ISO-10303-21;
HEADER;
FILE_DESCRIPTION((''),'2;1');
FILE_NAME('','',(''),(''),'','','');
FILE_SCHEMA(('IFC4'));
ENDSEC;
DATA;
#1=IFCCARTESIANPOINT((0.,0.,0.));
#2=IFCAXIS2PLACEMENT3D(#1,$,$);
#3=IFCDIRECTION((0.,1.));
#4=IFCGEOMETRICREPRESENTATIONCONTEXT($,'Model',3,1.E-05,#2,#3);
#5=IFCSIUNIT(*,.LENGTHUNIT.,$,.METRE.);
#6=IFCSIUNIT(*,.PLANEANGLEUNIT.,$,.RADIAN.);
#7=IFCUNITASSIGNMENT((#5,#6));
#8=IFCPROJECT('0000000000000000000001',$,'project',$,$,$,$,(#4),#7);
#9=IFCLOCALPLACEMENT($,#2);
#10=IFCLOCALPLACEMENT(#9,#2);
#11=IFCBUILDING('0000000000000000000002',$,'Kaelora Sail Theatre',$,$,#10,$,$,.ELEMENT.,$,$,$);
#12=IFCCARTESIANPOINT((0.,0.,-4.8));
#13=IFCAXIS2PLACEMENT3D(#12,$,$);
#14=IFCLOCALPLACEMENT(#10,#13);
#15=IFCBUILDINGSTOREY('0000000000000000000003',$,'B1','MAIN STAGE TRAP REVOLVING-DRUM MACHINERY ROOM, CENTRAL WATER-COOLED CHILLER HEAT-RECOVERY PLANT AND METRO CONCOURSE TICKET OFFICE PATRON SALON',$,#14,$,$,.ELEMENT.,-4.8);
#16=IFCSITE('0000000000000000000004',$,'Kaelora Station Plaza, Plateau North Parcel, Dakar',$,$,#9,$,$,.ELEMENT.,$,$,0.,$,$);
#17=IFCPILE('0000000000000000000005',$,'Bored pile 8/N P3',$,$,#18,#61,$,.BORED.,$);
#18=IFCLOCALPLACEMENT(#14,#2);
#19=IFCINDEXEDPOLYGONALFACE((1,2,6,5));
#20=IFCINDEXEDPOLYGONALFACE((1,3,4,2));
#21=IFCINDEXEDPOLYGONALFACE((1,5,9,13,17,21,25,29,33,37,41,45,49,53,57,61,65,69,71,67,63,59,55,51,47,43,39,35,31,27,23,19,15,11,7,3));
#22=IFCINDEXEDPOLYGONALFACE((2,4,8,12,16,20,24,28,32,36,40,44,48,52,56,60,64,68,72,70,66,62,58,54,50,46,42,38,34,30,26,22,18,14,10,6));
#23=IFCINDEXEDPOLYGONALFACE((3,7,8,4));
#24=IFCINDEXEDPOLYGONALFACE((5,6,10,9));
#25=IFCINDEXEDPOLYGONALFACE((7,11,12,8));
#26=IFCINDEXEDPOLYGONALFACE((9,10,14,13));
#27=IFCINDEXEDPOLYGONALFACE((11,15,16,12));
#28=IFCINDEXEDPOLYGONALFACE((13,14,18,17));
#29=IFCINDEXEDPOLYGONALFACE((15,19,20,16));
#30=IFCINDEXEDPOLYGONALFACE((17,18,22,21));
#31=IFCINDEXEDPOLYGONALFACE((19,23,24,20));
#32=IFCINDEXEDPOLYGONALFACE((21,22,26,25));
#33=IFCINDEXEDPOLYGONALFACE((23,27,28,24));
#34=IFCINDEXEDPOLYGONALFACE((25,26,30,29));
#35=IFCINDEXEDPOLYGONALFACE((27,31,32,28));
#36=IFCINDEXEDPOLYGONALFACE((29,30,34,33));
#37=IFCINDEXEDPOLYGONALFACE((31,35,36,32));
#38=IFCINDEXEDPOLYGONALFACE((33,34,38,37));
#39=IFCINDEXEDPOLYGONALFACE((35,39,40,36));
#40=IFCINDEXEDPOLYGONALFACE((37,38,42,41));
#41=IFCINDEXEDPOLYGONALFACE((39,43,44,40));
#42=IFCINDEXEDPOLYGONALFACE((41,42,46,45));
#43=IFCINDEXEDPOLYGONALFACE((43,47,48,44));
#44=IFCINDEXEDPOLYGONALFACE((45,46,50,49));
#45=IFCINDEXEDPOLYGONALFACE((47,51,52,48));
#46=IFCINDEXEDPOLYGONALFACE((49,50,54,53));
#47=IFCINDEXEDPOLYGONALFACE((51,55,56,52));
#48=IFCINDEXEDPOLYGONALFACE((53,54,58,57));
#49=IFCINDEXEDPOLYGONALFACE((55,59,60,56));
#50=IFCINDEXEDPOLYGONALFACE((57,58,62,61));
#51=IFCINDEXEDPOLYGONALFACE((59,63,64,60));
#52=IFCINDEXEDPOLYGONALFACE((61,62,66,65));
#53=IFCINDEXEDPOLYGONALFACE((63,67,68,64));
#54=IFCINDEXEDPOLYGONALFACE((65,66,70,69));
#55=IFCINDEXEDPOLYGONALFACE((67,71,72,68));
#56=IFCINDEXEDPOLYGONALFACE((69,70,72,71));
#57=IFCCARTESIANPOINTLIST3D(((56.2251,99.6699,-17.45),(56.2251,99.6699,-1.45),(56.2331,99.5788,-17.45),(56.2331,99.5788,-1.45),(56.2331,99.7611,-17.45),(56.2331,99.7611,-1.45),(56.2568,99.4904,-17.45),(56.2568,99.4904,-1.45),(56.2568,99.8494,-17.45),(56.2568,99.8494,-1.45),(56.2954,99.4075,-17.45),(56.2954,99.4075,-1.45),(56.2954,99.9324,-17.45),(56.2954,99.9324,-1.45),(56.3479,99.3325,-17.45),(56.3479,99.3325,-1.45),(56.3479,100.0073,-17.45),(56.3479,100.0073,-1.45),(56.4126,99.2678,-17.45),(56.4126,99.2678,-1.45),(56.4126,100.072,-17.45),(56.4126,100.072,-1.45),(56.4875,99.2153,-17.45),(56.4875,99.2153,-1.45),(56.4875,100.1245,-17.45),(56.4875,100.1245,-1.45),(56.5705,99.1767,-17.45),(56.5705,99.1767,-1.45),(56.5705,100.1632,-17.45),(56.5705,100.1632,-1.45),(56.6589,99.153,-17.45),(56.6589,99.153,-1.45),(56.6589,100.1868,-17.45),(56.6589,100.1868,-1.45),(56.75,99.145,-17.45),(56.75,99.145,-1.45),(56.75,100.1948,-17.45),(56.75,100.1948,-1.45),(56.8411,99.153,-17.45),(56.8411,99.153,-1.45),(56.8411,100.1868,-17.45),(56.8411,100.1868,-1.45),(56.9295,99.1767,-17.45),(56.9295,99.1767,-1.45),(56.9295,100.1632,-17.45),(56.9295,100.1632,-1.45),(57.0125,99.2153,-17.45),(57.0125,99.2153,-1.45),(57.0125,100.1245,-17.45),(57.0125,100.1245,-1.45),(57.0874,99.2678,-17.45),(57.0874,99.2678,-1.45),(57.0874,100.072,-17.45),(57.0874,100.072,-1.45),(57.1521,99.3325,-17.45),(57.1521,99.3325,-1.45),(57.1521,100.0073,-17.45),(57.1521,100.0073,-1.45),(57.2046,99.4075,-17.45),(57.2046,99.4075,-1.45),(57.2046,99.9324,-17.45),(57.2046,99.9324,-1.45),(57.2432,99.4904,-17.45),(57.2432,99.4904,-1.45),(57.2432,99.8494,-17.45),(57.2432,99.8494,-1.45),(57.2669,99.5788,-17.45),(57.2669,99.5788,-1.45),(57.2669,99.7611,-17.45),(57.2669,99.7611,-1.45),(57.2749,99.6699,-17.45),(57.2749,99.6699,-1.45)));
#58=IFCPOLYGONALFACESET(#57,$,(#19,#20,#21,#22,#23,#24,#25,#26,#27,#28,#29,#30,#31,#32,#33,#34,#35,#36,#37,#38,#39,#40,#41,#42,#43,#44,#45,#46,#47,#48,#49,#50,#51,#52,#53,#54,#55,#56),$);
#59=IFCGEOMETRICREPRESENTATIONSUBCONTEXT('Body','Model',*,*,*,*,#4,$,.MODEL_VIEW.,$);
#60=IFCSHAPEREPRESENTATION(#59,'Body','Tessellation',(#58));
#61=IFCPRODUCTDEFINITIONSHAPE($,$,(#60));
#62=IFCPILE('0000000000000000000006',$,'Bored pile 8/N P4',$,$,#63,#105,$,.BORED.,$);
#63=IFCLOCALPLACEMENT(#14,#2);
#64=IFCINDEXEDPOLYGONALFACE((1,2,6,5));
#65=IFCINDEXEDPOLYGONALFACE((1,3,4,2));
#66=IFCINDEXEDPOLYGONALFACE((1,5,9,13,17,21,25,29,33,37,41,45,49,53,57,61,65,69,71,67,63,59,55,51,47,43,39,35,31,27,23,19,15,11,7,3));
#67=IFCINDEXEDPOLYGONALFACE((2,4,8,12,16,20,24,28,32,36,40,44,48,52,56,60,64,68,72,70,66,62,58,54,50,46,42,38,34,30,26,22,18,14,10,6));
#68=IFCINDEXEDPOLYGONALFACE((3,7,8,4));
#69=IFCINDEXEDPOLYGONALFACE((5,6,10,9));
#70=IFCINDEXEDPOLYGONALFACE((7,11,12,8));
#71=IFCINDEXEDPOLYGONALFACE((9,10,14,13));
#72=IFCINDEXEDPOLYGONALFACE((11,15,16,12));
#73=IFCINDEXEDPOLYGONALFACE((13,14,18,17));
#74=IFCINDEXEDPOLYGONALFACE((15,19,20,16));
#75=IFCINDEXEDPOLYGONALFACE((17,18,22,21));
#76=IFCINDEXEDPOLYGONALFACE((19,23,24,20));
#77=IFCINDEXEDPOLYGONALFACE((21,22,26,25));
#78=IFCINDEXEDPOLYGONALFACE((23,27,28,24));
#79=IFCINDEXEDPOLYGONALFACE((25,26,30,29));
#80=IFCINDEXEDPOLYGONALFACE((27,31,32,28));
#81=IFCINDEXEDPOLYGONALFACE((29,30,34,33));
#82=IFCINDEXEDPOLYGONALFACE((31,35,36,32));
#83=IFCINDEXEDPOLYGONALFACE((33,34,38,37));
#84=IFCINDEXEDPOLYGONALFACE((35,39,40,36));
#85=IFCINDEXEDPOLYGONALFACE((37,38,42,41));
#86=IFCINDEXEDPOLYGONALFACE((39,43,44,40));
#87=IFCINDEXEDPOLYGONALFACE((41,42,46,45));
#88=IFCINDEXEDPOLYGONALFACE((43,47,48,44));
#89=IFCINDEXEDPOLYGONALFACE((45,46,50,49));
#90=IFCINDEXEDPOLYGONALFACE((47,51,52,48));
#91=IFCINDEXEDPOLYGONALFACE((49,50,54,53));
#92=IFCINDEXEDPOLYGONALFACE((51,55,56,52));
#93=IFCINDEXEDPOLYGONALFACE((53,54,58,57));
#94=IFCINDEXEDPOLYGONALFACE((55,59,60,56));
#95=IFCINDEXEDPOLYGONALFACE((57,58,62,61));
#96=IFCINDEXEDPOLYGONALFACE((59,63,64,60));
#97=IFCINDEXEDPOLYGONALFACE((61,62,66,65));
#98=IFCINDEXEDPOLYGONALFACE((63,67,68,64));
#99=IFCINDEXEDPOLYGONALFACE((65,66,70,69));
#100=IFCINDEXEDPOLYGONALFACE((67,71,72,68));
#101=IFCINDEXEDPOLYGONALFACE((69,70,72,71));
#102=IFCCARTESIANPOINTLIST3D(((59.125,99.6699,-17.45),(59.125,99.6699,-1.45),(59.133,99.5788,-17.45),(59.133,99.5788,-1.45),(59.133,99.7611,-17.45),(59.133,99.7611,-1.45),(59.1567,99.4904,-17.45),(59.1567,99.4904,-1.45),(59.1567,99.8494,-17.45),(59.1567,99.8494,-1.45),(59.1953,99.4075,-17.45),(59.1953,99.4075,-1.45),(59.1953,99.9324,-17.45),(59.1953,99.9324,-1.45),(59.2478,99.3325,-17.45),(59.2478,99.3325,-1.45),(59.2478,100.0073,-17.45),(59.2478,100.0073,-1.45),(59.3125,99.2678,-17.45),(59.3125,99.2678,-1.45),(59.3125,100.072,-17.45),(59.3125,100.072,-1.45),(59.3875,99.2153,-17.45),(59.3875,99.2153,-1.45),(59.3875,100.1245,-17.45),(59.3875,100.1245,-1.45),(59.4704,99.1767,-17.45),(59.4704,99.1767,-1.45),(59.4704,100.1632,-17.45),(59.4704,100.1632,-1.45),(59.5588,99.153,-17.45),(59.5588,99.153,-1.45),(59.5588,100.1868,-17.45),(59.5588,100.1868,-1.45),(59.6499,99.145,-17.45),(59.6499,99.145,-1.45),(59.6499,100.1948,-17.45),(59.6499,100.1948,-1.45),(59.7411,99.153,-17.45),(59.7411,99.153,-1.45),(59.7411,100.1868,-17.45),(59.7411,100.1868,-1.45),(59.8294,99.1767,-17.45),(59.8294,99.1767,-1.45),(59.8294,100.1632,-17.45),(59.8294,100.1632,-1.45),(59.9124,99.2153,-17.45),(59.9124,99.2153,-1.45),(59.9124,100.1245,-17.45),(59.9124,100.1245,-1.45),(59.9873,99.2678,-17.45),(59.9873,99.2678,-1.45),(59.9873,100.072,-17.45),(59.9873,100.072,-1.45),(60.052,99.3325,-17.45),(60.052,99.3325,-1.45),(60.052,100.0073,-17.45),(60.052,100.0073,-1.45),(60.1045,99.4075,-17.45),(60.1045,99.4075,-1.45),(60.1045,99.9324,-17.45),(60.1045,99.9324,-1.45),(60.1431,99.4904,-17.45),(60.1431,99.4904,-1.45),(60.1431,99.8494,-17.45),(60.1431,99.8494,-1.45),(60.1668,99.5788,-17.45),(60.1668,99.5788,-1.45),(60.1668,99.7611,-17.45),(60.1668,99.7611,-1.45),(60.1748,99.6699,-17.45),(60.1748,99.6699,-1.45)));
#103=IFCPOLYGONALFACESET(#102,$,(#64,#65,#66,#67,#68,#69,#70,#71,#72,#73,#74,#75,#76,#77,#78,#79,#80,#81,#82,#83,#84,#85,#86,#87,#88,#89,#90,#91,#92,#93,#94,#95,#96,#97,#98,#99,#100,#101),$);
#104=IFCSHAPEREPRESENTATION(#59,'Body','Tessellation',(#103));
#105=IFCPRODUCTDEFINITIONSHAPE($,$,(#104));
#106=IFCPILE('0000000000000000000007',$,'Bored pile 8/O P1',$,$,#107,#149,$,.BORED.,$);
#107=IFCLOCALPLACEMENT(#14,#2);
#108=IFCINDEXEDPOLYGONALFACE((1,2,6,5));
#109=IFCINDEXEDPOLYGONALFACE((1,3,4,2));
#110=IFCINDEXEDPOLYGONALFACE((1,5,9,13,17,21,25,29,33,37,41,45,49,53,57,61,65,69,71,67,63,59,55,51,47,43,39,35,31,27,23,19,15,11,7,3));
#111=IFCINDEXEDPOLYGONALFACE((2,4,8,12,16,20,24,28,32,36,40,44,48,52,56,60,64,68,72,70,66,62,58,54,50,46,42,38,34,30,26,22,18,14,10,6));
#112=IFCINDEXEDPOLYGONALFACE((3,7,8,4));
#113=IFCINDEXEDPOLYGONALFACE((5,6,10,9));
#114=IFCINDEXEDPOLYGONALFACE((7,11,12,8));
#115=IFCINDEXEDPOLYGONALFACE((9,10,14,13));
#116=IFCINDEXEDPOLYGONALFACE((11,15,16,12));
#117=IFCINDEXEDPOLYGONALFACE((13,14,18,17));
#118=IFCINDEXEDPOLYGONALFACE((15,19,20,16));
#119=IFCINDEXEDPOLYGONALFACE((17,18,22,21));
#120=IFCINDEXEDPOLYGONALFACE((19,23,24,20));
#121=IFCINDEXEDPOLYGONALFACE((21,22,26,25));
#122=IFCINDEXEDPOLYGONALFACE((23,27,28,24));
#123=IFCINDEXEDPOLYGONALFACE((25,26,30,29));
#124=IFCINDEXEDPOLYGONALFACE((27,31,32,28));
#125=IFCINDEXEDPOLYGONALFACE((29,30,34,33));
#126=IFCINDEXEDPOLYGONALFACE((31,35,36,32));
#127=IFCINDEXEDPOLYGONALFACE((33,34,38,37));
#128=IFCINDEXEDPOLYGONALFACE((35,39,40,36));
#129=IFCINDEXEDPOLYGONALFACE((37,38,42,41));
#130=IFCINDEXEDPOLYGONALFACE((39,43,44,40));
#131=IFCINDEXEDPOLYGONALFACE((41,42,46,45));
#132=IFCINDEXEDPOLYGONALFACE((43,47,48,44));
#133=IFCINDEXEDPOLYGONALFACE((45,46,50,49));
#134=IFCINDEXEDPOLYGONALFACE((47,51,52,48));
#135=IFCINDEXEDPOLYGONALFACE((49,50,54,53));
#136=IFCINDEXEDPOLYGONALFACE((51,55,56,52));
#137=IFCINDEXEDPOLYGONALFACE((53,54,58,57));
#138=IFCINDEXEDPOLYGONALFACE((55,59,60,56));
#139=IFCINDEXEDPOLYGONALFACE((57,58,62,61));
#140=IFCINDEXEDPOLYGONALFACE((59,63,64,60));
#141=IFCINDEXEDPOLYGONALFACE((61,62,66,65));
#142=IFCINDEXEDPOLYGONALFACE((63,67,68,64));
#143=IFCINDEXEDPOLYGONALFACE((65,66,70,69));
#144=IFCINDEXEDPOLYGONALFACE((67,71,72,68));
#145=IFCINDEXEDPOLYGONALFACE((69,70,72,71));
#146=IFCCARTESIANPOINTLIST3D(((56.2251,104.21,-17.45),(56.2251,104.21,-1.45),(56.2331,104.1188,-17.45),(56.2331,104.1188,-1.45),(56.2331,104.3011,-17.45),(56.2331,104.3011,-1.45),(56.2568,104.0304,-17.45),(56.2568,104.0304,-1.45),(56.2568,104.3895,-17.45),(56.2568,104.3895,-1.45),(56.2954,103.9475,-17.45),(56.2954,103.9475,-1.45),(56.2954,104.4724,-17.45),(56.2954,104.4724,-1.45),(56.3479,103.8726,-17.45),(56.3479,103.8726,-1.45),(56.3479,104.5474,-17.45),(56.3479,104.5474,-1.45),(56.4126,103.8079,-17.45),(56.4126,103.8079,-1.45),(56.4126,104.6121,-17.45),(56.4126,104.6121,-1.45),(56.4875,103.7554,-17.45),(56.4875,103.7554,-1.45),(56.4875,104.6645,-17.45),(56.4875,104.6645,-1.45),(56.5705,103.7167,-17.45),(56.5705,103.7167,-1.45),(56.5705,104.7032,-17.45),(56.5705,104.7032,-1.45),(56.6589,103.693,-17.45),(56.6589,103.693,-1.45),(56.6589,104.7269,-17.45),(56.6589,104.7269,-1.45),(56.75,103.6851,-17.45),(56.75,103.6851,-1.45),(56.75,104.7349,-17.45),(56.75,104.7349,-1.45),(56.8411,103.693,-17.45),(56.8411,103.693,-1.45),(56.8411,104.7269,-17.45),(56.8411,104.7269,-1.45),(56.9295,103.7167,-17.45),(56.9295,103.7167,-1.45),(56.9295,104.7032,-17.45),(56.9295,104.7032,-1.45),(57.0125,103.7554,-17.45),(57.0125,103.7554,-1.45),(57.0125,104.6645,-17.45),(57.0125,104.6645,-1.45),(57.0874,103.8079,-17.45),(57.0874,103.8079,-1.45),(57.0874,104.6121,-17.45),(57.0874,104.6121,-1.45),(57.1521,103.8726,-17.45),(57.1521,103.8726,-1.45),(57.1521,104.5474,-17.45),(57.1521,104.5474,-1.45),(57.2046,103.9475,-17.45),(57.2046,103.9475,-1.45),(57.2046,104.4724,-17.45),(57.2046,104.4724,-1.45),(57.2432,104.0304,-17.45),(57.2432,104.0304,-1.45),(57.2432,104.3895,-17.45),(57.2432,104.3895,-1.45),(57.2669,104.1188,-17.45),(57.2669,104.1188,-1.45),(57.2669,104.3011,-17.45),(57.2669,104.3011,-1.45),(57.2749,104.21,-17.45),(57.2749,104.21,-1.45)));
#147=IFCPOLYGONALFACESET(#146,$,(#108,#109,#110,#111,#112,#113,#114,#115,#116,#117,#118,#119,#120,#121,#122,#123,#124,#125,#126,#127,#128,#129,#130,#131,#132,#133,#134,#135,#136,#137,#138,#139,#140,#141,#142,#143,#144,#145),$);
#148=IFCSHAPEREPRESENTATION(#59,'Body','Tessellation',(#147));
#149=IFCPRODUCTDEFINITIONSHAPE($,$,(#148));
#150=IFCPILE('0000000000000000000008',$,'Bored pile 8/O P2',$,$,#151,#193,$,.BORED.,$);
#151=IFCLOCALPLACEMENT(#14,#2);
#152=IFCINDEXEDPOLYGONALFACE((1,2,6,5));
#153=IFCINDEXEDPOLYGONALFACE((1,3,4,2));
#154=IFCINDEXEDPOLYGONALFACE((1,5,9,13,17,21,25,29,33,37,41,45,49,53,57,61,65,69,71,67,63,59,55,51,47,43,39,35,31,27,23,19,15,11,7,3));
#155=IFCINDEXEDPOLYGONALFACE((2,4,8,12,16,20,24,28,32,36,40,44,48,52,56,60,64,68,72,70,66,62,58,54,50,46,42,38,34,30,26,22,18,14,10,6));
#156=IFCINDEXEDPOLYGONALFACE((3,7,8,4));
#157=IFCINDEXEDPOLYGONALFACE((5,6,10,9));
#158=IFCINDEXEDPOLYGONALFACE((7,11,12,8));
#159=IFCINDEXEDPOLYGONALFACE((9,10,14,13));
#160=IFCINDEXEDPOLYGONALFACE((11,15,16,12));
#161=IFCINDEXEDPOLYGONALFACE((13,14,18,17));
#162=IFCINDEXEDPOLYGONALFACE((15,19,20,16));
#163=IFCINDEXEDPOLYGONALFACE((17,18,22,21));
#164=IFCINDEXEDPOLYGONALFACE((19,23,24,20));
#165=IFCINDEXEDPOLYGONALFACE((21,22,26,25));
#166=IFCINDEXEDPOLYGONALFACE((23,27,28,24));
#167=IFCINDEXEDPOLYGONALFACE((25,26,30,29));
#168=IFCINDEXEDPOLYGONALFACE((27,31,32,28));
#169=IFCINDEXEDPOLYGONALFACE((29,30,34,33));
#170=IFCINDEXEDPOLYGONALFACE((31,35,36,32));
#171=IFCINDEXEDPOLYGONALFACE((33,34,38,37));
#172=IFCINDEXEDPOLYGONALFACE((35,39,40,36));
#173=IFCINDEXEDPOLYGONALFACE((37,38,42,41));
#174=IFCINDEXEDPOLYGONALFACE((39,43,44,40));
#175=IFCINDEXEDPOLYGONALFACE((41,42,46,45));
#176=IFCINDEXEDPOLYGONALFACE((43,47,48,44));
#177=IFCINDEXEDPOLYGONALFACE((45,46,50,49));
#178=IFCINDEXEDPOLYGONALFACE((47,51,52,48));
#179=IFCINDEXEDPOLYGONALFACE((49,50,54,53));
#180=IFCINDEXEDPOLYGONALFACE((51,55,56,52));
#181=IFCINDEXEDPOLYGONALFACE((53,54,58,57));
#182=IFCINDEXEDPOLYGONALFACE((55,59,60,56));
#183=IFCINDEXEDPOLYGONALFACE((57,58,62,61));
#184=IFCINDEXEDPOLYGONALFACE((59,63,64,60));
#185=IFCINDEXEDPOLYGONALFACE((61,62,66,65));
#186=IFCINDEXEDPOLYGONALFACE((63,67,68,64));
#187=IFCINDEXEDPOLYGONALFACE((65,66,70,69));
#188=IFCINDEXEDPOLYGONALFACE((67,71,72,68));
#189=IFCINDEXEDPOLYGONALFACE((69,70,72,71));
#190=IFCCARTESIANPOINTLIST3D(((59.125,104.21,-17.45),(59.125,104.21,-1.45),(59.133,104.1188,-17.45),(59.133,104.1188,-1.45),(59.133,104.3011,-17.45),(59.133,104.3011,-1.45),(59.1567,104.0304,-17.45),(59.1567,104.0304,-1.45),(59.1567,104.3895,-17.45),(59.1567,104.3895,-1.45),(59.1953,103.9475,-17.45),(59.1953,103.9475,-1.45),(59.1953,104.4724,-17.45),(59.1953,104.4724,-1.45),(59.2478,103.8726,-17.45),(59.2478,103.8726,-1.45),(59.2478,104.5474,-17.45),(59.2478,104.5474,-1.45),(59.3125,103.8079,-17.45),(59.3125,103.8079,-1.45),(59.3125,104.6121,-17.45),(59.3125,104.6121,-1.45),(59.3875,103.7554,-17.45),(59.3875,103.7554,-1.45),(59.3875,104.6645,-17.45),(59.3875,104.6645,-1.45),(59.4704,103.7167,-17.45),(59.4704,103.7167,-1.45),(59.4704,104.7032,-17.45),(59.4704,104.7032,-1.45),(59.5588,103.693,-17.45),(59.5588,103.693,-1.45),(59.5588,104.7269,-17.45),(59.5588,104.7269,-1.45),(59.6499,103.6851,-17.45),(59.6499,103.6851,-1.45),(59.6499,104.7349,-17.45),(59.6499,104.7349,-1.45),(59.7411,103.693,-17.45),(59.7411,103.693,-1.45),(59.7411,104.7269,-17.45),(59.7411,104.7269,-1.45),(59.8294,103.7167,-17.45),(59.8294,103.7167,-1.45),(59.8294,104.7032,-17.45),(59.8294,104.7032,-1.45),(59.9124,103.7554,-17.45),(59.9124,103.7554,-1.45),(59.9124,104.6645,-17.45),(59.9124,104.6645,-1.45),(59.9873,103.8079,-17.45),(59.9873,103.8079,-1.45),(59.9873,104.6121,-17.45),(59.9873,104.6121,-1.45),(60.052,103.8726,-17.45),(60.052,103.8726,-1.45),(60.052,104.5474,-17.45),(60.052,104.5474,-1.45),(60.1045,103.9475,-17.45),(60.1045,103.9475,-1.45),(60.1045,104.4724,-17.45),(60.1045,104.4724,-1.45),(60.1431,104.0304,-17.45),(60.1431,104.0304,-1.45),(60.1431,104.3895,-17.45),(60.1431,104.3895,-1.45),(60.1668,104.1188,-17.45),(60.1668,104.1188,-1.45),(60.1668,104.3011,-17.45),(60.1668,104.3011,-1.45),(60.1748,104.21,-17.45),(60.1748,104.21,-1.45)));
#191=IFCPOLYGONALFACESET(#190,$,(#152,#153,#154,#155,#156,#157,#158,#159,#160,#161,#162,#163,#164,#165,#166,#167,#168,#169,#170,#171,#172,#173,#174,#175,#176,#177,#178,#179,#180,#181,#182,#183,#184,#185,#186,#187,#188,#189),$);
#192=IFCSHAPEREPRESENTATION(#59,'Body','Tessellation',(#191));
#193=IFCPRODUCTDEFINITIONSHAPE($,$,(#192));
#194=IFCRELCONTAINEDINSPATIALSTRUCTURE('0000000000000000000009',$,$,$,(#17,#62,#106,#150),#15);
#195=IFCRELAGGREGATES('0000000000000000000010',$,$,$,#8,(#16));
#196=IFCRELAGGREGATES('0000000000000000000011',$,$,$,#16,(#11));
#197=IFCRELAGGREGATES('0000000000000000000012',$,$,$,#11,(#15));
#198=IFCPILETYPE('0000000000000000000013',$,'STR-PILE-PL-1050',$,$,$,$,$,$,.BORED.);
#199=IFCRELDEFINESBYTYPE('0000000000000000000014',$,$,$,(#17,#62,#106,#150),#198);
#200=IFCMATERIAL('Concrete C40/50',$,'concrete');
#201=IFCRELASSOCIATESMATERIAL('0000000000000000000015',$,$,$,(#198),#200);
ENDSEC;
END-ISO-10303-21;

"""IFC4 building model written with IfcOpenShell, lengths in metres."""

from ifc_helpers import new_model, si_unit, direction, frame, origin, origin_2d, place, context, subcontext, project, spatial, circle, extrude, material, material_profile, profile_set, type_object, element, save


model = new_model("IFC4")

# Units and contexts
model_context = context("Model", 3, precision=1e-05, world=origin(), true_north=direction((0.0, 1.0)))
body_context = subcontext(model_context, "Body", "Model", "MODEL_VIEW")
ifc_project = project(units=[si_unit("LENGTHUNIT", "METRE"), si_unit("PLANEANGLEUNIT", "RADIAN")], contexts=[model_context])

# Site, building, storey
site_placement = place(None, origin())
site = spatial("IfcSite", under=ifc_project, at=site_placement, Name="Kaelora Station Plaza, Plateau North Parcel, Dakar", CompositionType="ELEMENT", RefElevation=0.0)
building_placement = place(site_placement, origin())
building = spatial("IfcBuilding", under=site, at=building_placement, Name="Kaelora Sail Theatre", CompositionType="ELEMENT")
storey_placement = place(building_placement, frame((0.0, 0.0, -4.8)))
storey = spatial("IfcBuildingStorey", under=building, at=storey_placement, Name="B1", Description="MAIN STAGE TRAP REVOLVING-DRUM MACHINERY ROOM, CENTRAL WATER-COOLED CHILLER HEAT-RECOVERY PLANT AND METRO CONCOURSE TICKET OFFICE PATRON SALON", CompositionType="ELEMENT", Elevation=-4.8)

# Piles
ifc_material_1 = material(Name="Concrete C40/50", Category="concrete")
ifc_material_profile_1 = material_profile(ifc_material_1, circle(Radius=0.5249, at=origin_2d()), Name="PILE D1050")
ifc_profile_set_1 = profile_set([ifc_material_profile_1], Name="Concrete C40/50")
pile_type_1 = type_object("IfcPileType", Name="STR-PILE-PL-1050", PredefinedType="BORED", material=ifc_profile_set_1)
for number, where, z_axis, x_axis, name in (
    (1, (56.75, 99.6699, -1.45), (0.0, 0.0, -1.0), (1.0, 0.0, 0.0), "Bored pile 8/N P3"),
    (2, (59.6499, 99.6699, -1.45), (0.0, 0.0, -1.0), (1.0, 0.0, 0.0), "Bored pile 8/N P4"),
    (3, (56.75, 104.21, -1.45), (0.0, 0.0, -1.0), (1.0, 0.0, 0.0), "Bored pile 8/O P1"),
    (4, (59.6499, 104.21, -1.45), (0.0, 0.0, -1.0), (1.0, 0.0, 0.0), "Bored pile 8/O P2"),
):
    element("IfcPile", number, at=place(storey_placement, frame(where, z_axis=z_axis, x_axis=x_axis)), inside=storey, type_object=pile_type_1, Name=name, PredefinedType="BORED", context=body_context, shape_type="SweptSolid", body=[
        extrude(circle(Radius=0.5249, at=origin_2d()), origin(), (0.0, 0.0, 1.0), 16.0),
    ])

save(model, "model.ifc")
